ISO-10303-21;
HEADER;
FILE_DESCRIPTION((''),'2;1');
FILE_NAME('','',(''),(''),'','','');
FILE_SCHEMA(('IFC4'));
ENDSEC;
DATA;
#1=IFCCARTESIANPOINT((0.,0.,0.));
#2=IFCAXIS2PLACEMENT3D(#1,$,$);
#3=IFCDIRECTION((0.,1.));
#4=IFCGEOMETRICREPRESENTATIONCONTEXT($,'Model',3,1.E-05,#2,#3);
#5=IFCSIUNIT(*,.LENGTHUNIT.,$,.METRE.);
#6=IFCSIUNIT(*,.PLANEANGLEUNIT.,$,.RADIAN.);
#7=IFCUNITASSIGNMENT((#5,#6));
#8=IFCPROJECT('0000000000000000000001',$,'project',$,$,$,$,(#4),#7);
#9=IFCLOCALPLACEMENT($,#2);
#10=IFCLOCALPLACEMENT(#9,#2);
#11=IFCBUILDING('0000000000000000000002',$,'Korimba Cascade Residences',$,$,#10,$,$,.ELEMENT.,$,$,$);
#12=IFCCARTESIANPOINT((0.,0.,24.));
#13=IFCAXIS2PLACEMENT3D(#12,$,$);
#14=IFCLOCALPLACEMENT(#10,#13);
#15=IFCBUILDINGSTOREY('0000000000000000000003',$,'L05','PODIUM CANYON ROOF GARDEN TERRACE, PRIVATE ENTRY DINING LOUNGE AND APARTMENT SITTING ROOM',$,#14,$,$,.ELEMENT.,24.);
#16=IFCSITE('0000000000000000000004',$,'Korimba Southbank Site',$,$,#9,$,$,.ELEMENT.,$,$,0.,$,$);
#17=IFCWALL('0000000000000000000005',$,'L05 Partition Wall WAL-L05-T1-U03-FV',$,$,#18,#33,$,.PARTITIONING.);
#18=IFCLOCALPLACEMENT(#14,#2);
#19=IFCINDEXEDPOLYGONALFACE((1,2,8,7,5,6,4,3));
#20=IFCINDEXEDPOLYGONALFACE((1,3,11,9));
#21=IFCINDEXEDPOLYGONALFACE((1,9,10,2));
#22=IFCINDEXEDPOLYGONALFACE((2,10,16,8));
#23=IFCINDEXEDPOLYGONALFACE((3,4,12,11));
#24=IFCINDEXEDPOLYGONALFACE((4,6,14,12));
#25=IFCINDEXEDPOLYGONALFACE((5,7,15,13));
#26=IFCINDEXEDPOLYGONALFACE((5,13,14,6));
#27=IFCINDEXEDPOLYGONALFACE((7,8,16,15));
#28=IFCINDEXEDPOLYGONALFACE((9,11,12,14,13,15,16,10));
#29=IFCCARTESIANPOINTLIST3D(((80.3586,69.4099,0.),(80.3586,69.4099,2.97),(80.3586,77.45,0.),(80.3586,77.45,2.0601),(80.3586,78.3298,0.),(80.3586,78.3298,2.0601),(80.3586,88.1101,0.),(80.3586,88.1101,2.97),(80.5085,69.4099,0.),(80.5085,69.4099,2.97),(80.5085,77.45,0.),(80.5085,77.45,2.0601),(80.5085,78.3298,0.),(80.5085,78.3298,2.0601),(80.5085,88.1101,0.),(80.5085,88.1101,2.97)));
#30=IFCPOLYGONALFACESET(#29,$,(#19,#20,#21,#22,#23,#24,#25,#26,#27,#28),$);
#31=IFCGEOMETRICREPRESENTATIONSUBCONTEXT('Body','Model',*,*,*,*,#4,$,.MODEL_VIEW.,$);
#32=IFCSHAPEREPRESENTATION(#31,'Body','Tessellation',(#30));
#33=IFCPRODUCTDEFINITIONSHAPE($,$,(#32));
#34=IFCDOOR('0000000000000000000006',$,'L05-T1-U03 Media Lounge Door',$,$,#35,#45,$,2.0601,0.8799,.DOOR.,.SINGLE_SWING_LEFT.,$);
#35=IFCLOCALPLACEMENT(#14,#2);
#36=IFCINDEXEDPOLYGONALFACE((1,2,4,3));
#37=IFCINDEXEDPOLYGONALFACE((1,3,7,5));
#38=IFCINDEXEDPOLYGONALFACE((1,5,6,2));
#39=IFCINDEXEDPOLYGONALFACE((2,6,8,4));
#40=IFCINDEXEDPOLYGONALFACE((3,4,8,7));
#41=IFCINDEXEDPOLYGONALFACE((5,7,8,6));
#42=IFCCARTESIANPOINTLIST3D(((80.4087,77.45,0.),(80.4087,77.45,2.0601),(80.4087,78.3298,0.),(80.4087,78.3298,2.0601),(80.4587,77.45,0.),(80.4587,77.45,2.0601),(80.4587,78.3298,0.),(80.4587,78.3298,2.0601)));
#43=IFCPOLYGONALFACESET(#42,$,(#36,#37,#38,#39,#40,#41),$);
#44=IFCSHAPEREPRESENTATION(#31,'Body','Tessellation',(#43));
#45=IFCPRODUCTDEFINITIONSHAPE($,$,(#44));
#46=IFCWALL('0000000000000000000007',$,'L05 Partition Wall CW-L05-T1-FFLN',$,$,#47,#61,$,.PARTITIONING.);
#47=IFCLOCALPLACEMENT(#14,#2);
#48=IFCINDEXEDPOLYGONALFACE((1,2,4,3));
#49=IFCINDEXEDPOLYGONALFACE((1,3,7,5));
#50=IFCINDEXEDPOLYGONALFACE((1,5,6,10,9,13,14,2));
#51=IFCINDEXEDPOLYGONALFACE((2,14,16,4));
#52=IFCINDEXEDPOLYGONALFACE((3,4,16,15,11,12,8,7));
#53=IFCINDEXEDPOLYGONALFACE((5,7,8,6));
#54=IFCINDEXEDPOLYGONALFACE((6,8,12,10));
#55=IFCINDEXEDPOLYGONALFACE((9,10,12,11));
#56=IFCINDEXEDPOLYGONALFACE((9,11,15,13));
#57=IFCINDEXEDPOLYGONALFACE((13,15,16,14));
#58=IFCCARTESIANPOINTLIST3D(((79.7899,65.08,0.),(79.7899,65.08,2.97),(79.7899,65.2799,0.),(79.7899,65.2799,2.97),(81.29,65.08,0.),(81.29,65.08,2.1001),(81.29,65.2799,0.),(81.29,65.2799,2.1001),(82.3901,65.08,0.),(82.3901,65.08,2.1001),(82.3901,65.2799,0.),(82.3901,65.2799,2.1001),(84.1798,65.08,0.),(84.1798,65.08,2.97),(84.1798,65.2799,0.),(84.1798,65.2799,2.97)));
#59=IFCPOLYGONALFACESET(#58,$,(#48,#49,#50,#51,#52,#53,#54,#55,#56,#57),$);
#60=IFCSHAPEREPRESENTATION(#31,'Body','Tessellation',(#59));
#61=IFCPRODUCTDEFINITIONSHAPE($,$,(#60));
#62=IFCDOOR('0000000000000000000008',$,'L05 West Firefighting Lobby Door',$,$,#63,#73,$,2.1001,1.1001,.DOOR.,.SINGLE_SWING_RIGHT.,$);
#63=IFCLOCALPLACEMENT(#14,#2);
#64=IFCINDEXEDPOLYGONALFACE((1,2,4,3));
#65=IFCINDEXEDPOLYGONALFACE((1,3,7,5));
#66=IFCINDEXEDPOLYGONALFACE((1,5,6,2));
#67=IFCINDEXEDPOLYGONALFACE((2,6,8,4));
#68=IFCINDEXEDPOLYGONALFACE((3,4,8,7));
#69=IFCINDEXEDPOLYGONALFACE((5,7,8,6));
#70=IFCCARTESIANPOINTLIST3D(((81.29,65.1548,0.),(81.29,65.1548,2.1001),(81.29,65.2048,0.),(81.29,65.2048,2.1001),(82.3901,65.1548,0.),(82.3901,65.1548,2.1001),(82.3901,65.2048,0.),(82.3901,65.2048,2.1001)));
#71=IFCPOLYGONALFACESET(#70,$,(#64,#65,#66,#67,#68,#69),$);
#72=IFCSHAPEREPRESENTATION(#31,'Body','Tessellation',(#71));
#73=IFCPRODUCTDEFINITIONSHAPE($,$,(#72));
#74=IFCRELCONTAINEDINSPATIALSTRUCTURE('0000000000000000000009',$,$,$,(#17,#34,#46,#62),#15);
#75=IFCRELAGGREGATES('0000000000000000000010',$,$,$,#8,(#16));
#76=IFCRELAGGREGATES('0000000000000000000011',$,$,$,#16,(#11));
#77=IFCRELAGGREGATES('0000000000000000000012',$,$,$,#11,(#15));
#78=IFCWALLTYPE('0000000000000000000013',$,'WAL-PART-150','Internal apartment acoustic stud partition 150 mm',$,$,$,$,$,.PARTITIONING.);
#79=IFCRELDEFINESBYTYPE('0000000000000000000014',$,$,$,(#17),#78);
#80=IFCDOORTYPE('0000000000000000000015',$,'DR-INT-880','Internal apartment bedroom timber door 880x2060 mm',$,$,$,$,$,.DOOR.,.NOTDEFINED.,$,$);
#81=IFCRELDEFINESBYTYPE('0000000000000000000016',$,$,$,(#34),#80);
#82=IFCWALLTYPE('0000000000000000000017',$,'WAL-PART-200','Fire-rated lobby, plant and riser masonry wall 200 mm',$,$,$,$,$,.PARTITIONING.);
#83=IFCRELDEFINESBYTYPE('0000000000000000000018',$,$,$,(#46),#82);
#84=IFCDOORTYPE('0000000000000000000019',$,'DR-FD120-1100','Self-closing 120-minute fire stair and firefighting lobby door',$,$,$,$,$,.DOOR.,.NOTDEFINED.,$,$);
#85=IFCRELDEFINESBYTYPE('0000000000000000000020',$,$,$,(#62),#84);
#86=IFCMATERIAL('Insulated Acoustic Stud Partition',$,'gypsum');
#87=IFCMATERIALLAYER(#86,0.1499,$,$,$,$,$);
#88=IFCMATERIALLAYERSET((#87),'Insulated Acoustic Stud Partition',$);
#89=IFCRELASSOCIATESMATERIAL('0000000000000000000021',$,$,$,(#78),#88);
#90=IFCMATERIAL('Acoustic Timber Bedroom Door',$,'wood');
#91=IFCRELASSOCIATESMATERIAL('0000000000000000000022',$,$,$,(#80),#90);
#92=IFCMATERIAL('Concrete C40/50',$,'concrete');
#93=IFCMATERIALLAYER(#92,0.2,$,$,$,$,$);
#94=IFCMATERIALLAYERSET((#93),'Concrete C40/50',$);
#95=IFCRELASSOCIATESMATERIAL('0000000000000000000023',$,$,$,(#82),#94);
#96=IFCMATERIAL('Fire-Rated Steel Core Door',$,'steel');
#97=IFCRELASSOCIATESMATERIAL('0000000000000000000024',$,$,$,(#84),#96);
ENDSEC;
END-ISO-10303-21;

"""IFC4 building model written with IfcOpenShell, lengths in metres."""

from ifc_helpers import new_model, si_unit, direction, frame, frame_2d, origin, place, context, subcontext, project, spatial, rectangle, extrude, material, layer, layer_set, type_object, element, fill, save


model = new_model("IFC4")

# Units and contexts
model_context = context("Model", 3, precision=1e-05, world=origin(), true_north=direction((0.0, 1.0)))
body_context = subcontext(model_context, "Body", "Model", "MODEL_VIEW")
ifc_project = project(units=[si_unit("LENGTHUNIT", "METRE"), si_unit("PLANEANGLEUNIT", "RADIAN")], contexts=[model_context])

# Site, building, storey
site_placement = place(None, origin())
site = spatial("IfcSite", under=ifc_project, at=site_placement, Name="Korimba Southbank Site", CompositionType="ELEMENT", RefElevation=0.0)
building_placement = place(site_placement, origin())
building = spatial("IfcBuilding", under=site, at=building_placement, Name="Korimba Cascade Residences", CompositionType="ELEMENT")
storey_placement = place(building_placement, frame((0.0, 0.0, 24.0)))
storey = spatial("IfcBuildingStorey", under=building, at=storey_placement, Name="L05", Description="PODIUM CANYON ROOF GARDEN TERRACE, PRIVATE ENTRY DINING LOUNGE AND APARTMENT SITTING ROOM", CompositionType="ELEMENT", Elevation=24.0)

# Walls, openings, doors
ifc_material_1 = material(Name="Insulated Acoustic Stud Partition", Category="gypsum")
ifc_layer_1 = layer(ifc_material_1, 0.1499)
ifc_layer_set_1 = layer_set([ifc_layer_1], Name="Insulated Acoustic Stud Partition")
wall_type_1 = type_object("IfcWallType", Name="WAL-PART-150", Description="Internal apartment acoustic stud partition 150 mm", PredefinedType="PARTITIONING", material=ifc_layer_set_1)
wall_1_placement = place(storey_placement, frame((80.4336, 69.4099, 0.0), z_axis=(0.0, 0.0, 1.0), x_axis=(0.0, 1.0, 0.0)))
wall_1 = element("IfcWall", 1, at=wall_1_placement, inside=storey, type_object=wall_type_1, Name="L05 Partition Wall WAL-L05-T1-U03-FV", PredefinedType="PARTITIONING", context=body_context, shape_type="SweptSolid", body=[
    extrude(rectangle(XDim=18.7002, YDim=0.1499, at=frame_2d((9.3501, 0.0))), origin(), (0.0, 0.0, 1.0), 2.97),
])
opening_1_placement = place(wall_1_placement, frame((8.04, 0.0, 0.0)))
opening_1 = element("IfcOpeningElement", 2, at=opening_1_placement, cuts=wall_1, PredefinedType="OPENING", context=body_context, shape_type="SweptSolid", body=[
    extrude(rectangle(XDim=0.8799, YDim=2.0601, at=frame_2d((0.4399, 1.03))), frame((0.0, 0.085, 0.0), z_axis=(0.0, -1.0, 0.0), x_axis=(1.0, 0.0, 0.0)), (0.0, 0.0, 1.0), 0.1699),
])
ifc_material_2 = material(Name="Acoustic Timber Bedroom Door", Category="wood")
door_type_1 = type_object("IfcDoorType", Name="DR-INT-880", Description="Internal apartment bedroom timber door 880x2060 mm", OperationType="NOTDEFINED", PredefinedType="DOOR", material=ifc_material_2)
door_1_placement = place(opening_1_placement, origin())
door_1 = element("IfcDoor", 3, at=door_1_placement, inside=storey, type_object=door_type_1, Name="L05-T1-U03 Media Lounge Door", OperationType="SINGLE_SWING_LEFT", OverallHeight=2.0601, OverallWidth=0.8799, PredefinedType="DOOR", context=body_context, shape_type="SweptSolid", body=[
    extrude(rectangle(XDim=0.8799, YDim=2.0601, at=frame_2d((0.4399, 1.03))), frame((0.0, 0.0249, 0.0), z_axis=(0.0, -1.0, 0.0), x_axis=(1.0, 0.0, 0.0)), (0.0, 0.0, 1.0), 0.05),
])
fill(opening_1, door_1)
ifc_material_3 = material(Name="Concrete C40/50", Category="concrete")
ifc_layer_2 = layer(ifc_material_3, 0.2)
ifc_layer_set_2 = layer_set([ifc_layer_2], Name="Concrete C40/50")
wall_type_2 = type_object("IfcWallType", Name="WAL-PART-200", Description="Fire-rated lobby, plant and riser masonry wall 200 mm", PredefinedType="PARTITIONING", material=ifc_layer_set_2)
wall_2_placement = place(storey_placement, frame((79.79, 65.1799, 0.0), z_axis=(0.0, 0.0, 1.0), x_axis=(1.0, 0.0, 0.0)))
wall_2 = element("IfcWall", 4, at=wall_2_placement, inside=storey, type_object=wall_type_2, Name="L05 Partition Wall CW-L05-T1-FFLN", PredefinedType="PARTITIONING", context=body_context, shape_type="SweptSolid", body=[
    extrude(rectangle(XDim=4.3899, YDim=0.2, at=frame_2d((2.1948, 0.0))), origin(), (0.0, 0.0, 1.0), 2.97),
])
opening_2_placement = place(wall_2_placement, frame((1.5, 0.0, 0.0)))
opening_2 = element("IfcOpeningElement", 5, at=opening_2_placement, cuts=wall_2, PredefinedType="OPENING", context=body_context, shape_type="SweptSolid", body=[
    extrude(rectangle(XDim=1.1001, YDim=2.1001, at=frame_2d((0.55, 1.05))), frame((0.0, 0.1099, 0.0), z_axis=(0.0, -1.0, 0.0), x_axis=(1.0, 0.0, 0.0)), (0.0, 0.0, 1.0), 0.22),
])
ifc_material_4 = material(Name="Fire-Rated Steel Core Door", Category="steel")
door_type_2 = type_object("IfcDoorType", Name="DR-FD120-1100", Description="Self-closing 120-minute fire stair and firefighting lobby door", OperationType="NOTDEFINED", PredefinedType="DOOR", material=ifc_material_4)
door_2_placement = place(opening_2_placement, origin())
door_2 = element("IfcDoor", 6, at=door_2_placement, inside=storey, type_object=door_type_2, Name="L05 West Firefighting Lobby Door", OperationType="SINGLE_SWING_RIGHT", OverallHeight=2.1001, OverallWidth=1.1001, PredefinedType="DOOR", context=body_context, shape_type="SweptSolid", body=[
    extrude(rectangle(XDim=1.1001, YDim=2.1001, at=frame_2d((0.55, 1.05))), frame((0.0, 0.0249, 0.0), z_axis=(0.0, -1.0, 0.0), x_axis=(1.0, 0.0, 0.0)), (0.0, 0.0, 1.0), 0.05),
])
fill(opening_2, door_2)

save(model, "model.ifc")
